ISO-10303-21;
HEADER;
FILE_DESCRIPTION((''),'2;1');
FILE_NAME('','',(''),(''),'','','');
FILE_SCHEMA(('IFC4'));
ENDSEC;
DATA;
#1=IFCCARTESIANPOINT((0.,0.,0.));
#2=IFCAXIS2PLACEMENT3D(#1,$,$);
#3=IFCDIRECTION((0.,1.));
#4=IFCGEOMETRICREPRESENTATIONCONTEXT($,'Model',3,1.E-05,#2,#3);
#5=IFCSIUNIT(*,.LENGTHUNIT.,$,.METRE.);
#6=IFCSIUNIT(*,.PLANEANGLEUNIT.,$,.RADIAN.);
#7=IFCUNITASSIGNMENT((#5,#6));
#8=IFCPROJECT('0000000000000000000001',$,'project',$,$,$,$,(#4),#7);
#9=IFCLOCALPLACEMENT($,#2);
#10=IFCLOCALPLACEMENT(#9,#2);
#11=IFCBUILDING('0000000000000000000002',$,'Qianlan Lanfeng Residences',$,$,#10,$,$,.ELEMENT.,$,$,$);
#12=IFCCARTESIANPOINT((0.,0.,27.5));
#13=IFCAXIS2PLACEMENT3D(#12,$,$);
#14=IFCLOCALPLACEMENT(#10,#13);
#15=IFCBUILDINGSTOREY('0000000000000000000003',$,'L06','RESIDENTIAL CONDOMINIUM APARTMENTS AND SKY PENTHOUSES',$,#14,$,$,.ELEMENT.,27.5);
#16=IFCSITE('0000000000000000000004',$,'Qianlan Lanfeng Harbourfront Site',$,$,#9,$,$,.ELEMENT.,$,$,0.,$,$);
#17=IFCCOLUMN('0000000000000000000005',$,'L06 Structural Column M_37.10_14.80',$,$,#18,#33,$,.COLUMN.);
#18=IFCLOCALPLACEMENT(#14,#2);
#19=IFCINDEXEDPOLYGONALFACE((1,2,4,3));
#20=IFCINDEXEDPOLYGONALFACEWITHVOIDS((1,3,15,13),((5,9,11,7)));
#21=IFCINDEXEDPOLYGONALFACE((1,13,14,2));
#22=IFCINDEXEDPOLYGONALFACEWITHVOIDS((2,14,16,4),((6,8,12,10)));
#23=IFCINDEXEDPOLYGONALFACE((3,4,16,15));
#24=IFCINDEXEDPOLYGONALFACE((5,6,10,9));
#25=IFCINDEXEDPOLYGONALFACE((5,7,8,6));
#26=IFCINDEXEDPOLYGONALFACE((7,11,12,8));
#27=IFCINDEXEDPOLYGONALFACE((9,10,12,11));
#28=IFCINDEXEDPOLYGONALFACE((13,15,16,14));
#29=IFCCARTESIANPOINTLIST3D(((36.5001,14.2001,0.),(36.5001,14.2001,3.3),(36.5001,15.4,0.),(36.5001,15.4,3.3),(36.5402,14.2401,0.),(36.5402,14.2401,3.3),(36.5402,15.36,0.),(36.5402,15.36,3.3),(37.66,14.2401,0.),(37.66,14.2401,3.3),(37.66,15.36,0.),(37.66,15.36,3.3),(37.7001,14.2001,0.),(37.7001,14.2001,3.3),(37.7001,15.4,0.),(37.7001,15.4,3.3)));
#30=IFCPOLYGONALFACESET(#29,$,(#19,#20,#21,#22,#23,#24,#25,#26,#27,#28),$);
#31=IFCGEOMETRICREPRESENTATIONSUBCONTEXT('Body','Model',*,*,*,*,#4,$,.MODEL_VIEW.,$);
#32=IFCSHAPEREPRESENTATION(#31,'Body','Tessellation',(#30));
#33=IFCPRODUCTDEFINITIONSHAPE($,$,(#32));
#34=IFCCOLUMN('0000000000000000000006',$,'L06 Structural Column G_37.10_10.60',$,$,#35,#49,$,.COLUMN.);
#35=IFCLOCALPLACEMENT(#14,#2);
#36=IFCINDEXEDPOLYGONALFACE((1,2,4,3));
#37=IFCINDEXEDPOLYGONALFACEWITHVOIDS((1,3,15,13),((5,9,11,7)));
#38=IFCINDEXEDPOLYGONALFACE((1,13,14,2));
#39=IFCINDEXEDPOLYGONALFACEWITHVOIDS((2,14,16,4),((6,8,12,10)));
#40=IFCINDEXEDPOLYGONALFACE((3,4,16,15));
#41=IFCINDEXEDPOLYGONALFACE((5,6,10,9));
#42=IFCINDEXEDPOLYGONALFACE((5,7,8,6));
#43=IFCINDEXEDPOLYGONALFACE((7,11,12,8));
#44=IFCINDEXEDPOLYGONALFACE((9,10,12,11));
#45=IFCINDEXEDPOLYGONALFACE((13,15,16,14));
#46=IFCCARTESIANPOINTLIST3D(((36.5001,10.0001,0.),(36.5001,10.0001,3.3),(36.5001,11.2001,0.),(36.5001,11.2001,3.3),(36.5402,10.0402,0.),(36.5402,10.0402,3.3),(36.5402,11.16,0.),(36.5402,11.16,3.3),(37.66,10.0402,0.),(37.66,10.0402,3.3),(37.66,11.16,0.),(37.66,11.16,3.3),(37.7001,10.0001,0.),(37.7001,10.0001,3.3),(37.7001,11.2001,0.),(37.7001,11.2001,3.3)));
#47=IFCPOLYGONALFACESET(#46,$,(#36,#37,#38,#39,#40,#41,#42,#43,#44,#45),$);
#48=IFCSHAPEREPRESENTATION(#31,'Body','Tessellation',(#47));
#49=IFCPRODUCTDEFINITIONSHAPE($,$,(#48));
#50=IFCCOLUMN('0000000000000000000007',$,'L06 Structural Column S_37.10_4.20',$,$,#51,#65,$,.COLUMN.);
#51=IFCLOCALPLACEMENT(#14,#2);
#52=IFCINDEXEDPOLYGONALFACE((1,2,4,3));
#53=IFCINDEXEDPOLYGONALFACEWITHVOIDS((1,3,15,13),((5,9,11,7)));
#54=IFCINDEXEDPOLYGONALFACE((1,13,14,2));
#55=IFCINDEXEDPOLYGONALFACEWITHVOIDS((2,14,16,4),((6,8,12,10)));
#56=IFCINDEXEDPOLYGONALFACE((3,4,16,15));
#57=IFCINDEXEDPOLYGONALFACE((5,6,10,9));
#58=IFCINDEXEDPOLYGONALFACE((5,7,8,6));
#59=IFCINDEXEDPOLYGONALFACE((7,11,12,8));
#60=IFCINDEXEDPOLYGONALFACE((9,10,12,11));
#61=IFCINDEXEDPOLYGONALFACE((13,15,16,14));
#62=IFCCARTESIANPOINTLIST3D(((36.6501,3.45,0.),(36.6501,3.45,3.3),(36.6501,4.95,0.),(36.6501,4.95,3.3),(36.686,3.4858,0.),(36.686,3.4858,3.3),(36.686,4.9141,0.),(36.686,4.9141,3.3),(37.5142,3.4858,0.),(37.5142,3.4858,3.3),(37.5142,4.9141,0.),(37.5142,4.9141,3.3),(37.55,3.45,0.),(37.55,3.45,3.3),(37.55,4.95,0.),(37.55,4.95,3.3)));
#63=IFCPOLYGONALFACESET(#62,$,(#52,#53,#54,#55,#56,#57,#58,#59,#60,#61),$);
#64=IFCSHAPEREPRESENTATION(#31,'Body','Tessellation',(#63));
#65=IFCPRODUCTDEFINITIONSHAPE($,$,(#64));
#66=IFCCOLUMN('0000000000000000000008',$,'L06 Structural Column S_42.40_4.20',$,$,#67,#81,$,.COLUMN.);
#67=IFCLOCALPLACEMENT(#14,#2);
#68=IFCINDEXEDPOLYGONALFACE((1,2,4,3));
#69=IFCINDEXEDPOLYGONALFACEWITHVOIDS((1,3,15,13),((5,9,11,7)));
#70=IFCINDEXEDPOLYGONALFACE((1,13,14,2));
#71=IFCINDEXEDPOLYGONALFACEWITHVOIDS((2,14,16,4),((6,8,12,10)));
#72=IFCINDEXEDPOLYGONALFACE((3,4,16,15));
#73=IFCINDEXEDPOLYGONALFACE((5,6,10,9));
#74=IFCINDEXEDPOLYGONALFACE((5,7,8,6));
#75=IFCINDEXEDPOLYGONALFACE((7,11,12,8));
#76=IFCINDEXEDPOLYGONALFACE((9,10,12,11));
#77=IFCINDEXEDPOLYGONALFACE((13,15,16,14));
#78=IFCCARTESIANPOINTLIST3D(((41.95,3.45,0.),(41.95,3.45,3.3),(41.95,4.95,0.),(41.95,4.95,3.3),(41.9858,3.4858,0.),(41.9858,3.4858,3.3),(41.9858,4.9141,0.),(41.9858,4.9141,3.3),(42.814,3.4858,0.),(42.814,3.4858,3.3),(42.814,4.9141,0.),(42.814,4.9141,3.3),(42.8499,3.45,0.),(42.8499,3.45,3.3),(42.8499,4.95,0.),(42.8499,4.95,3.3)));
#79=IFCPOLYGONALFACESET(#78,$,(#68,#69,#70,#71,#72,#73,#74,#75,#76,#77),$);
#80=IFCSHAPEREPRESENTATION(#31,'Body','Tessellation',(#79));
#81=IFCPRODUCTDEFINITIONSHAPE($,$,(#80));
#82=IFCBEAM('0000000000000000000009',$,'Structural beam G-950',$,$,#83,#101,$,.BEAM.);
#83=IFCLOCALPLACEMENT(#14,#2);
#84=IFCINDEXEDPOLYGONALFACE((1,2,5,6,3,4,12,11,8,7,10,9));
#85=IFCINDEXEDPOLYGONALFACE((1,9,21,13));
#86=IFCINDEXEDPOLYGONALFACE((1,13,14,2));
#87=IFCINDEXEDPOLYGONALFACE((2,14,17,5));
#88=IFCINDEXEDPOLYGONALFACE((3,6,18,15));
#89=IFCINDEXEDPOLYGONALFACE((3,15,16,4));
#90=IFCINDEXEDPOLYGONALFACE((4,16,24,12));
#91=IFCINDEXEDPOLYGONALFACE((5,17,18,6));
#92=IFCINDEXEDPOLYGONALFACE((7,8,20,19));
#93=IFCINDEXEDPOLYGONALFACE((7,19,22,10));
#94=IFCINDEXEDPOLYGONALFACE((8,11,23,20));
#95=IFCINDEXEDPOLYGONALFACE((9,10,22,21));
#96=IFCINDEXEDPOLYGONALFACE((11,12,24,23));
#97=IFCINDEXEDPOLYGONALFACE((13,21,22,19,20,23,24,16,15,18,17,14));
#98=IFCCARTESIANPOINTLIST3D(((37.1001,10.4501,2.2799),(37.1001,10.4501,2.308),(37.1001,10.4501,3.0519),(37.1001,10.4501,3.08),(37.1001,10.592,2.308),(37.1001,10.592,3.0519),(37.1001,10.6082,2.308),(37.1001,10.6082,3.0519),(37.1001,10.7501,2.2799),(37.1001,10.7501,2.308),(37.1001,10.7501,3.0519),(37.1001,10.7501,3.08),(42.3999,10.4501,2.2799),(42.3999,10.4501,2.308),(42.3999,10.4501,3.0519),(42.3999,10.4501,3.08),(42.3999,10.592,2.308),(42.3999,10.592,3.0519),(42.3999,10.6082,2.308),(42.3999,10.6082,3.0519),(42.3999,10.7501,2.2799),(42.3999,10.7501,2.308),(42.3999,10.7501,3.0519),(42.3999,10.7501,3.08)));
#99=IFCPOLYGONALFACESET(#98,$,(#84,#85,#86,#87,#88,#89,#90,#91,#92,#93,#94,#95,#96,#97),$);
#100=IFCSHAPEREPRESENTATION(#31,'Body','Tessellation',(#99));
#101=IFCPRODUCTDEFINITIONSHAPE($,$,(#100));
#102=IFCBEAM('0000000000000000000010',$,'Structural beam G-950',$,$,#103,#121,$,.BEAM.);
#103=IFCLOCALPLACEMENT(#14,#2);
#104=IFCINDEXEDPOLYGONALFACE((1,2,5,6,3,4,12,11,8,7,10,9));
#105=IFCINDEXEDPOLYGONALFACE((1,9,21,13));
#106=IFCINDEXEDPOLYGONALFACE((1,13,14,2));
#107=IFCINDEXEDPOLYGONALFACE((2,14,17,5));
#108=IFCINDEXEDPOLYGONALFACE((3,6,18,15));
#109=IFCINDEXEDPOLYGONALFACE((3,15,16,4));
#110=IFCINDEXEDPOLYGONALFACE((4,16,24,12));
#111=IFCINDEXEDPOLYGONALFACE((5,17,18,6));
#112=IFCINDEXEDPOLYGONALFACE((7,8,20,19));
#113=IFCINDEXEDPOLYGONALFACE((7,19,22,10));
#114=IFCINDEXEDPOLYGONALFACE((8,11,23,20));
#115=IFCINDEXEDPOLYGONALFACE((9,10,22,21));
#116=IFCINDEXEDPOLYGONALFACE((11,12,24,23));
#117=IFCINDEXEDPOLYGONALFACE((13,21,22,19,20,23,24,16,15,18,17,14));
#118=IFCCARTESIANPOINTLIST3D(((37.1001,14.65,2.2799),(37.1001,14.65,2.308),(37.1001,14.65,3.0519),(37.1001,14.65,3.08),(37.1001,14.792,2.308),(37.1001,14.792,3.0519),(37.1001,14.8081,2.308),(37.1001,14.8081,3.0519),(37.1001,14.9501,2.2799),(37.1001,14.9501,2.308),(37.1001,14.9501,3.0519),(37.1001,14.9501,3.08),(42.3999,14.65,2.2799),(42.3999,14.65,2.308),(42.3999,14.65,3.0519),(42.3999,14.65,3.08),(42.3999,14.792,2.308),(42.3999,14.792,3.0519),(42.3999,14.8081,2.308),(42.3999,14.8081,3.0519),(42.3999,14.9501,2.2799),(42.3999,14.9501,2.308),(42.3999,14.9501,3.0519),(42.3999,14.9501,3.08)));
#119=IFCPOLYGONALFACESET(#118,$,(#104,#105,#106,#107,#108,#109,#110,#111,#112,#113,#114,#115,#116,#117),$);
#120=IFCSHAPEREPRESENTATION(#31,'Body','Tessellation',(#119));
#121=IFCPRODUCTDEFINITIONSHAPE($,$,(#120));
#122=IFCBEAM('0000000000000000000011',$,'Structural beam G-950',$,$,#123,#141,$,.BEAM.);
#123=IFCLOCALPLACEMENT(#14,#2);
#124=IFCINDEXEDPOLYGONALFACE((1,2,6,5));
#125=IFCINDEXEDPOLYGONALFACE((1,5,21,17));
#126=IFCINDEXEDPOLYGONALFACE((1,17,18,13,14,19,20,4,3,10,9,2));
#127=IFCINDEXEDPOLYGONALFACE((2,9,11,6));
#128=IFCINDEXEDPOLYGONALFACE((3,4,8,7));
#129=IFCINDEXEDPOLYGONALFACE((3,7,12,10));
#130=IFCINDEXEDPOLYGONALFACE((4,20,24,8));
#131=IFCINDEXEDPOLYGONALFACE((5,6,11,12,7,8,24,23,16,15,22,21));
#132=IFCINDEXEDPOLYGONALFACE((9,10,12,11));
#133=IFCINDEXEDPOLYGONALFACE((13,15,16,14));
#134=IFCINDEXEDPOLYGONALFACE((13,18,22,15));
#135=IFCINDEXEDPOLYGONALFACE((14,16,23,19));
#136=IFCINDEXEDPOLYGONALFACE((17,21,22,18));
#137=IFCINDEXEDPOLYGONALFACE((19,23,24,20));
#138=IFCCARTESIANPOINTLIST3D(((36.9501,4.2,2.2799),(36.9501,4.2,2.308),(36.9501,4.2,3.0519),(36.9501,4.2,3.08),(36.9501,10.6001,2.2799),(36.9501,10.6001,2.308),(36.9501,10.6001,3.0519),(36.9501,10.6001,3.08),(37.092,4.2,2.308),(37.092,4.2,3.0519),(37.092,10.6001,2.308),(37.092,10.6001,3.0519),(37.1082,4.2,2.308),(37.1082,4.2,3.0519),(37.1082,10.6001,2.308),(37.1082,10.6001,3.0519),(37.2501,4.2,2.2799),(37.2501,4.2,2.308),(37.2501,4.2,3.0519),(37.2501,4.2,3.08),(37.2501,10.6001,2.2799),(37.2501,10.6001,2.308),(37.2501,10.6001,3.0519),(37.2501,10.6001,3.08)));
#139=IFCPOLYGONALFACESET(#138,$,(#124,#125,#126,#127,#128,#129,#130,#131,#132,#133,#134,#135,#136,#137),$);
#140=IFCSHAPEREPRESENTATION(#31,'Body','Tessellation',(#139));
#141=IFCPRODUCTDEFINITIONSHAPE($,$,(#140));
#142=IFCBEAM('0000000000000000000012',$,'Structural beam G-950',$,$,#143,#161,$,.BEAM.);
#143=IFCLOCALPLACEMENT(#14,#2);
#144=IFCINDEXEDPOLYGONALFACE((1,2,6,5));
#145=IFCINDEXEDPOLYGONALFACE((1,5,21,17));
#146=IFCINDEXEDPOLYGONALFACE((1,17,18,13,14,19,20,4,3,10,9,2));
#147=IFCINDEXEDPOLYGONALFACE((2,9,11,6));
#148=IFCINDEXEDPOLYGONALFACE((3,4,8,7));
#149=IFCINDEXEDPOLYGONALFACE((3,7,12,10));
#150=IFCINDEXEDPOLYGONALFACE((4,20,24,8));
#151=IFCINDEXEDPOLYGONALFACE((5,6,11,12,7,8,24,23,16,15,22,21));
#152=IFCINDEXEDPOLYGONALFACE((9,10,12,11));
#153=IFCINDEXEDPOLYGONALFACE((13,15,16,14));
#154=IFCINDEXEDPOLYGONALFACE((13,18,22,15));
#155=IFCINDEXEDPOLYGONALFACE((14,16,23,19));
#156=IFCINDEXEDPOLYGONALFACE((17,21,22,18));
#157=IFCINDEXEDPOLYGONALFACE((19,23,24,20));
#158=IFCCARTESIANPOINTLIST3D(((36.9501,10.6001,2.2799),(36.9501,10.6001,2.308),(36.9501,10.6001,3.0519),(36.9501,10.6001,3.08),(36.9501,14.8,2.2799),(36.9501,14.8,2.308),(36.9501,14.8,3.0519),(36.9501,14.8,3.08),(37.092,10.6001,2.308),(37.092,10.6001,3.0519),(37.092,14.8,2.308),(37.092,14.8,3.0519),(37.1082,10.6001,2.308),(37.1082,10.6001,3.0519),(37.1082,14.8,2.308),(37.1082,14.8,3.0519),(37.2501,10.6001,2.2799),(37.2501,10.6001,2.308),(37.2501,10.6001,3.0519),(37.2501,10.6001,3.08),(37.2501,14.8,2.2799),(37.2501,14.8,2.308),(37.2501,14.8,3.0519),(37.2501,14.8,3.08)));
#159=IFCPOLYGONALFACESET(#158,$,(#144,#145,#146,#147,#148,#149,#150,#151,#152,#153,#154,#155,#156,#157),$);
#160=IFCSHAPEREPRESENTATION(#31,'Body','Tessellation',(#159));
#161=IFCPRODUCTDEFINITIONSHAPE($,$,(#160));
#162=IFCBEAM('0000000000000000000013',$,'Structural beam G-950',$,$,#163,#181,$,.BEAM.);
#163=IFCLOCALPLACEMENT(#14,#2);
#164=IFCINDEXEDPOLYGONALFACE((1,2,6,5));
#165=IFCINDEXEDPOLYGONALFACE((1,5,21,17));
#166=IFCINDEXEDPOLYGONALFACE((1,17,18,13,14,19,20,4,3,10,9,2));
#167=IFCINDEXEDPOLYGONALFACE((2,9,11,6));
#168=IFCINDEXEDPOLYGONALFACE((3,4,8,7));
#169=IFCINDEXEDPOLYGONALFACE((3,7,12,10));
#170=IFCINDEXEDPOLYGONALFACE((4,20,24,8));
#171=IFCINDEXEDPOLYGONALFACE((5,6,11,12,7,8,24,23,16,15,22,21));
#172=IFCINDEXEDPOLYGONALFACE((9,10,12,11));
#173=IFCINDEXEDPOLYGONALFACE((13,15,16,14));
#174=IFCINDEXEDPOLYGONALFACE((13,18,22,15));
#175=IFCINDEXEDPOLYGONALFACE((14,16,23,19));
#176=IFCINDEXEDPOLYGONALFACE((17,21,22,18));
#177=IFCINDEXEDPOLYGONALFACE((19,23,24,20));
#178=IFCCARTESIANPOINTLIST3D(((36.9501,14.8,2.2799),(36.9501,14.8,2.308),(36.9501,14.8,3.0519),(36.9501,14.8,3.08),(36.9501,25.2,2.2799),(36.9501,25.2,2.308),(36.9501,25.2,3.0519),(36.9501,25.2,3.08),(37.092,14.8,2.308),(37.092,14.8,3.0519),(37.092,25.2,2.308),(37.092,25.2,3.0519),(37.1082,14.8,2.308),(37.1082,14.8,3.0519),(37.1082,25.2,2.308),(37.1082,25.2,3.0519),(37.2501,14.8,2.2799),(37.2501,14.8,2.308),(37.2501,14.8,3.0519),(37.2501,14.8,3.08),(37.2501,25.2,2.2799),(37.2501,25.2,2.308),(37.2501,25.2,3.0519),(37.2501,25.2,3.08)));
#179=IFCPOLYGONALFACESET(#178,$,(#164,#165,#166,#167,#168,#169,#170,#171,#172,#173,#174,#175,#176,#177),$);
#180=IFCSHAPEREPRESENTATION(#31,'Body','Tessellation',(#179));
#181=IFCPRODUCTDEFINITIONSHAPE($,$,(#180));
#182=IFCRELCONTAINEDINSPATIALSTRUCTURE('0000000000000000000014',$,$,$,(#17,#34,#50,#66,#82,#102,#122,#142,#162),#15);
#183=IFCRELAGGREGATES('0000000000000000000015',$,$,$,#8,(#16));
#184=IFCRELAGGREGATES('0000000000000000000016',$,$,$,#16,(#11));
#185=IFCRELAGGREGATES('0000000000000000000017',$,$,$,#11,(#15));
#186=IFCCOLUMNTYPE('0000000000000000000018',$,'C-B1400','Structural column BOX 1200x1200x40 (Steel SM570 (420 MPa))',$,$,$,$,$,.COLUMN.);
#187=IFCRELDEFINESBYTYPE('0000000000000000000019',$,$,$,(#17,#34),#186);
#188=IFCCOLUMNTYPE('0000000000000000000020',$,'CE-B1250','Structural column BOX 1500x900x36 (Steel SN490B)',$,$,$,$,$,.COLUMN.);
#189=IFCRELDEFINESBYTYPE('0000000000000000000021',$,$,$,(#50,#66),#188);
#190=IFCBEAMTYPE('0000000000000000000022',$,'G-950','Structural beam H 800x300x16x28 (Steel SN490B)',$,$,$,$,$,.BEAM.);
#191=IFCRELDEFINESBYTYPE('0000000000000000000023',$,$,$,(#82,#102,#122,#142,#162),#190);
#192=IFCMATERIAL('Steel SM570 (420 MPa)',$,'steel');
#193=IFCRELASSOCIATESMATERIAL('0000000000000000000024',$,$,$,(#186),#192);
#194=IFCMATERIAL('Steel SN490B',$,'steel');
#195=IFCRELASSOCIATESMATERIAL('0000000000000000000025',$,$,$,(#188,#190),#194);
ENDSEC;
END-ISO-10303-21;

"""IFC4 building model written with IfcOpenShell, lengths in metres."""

from ifc_helpers import new_model, si_unit, direction, frame, origin, origin_2d, place, context, subcontext, project, spatial, hollow_rectangle, i_section, extrude, material, material_profile, profile_set, type_object, element, save


model = new_model("IFC4")

# Units and contexts
model_context = context("Model", 3, precision=1e-05, world=origin(), true_north=direction((0.0, 1.0)))
body_context = subcontext(model_context, "Body", "Model", "MODEL_VIEW")
ifc_project = project(units=[si_unit("LENGTHUNIT", "METRE"), si_unit("PLANEANGLEUNIT", "RADIAN")], contexts=[model_context])

# Site, building, storey
site_placement = place(None, origin())
site = spatial("IfcSite", under=ifc_project, at=site_placement, Name="Qianlan Lanfeng Harbourfront Site", CompositionType="ELEMENT", RefElevation=0.0)
building_placement = place(site_placement, origin())
building = spatial("IfcBuilding", under=site, at=building_placement, Name="Qianlan Lanfeng Residences", CompositionType="ELEMENT")
storey_placement = place(building_placement, frame((0.0, 0.0, 27.5)))
storey = spatial("IfcBuildingStorey", under=building, at=storey_placement, Name="L06", Description="RESIDENTIAL CONDOMINIUM APARTMENTS AND SKY PENTHOUSES", CompositionType="ELEMENT", Elevation=27.5)

# Columns
ifc_material_1 = material(Name="Steel SM570 (420 MPa)", Category="steel")
ifc_material_profile_1 = material_profile(ifc_material_1, hollow_rectangle(XDim=1.2, YDim=1.2, WallThickness=0.04, at=origin_2d()), Name="BOX 1200x1200x40")
ifc_profile_set_1 = profile_set([ifc_material_profile_1], Name="Steel SM570 (420 MPa)")
column_type_1 = type_object("IfcColumnType", Name="C-B1400", Description="Structural column BOX 1200x1200x40 (Steel SM570 (420 MPa))", PredefinedType="COLUMN", material=ifc_profile_set_1)
for number, where, z_axis, x_axis, name in (
    (1, (37.1001, 14.8, 0.0), (0.0, 0.0, 1.0), (1.0, 0.0, 0.0), "L06 Structural Column M_37.10_14.80"),
    (2, (37.1001, 10.6001, 0.0), (0.0, 0.0, 1.0), (1.0, 0.0, 0.0), "L06 Structural Column G_37.10_10.60"),
):
    element("IfcColumn", number, at=place(storey_placement, frame(where, z_axis=z_axis, x_axis=x_axis)), inside=storey, type_object=column_type_1, Name=name, PredefinedType="COLUMN", context=body_context, shape_type="SweptSolid", body=[
        extrude(hollow_rectangle(XDim=1.2, YDim=1.2, WallThickness=0.04, at=origin_2d()), origin(), (0.0, 0.0, 1.0), 3.3),
    ])
ifc_material_2 = material(Name="Steel SN490B", Category="steel")
ifc_material_profile_2 = material_profile(ifc_material_2, hollow_rectangle(XDim=0.8999, YDim=1.5, WallThickness=0.0359, at=origin_2d()), Name="BOX 1500x900x36")
ifc_profile_set_2 = profile_set([ifc_material_profile_2], Name="Steel SN490B")
column_type_2 = type_object("IfcColumnType", Name="CE-B1250", Description="Structural column BOX 1500x900x36 (Steel SN490B)", PredefinedType="COLUMN", material=ifc_profile_set_2)
for number, where, z_axis, x_axis, name in (
    (3, (37.1001, 4.2, 0.0), (0.0, 0.0, 1.0), (1.0, 0.0, 0.0), "L06 Structural Column S_37.10_4.20"),
    (4, (42.3999, 4.2, 0.0), (0.0, 0.0, 1.0), (1.0, 0.0, 0.0), "L06 Structural Column S_42.40_4.20"),
):
    element("IfcColumn", number, at=place(storey_placement, frame(where, z_axis=z_axis, x_axis=x_axis)), inside=storey, type_object=column_type_2, Name=name, PredefinedType="COLUMN", context=body_context, shape_type="SweptSolid", body=[
        extrude(hollow_rectangle(XDim=0.8999, YDim=1.5, WallThickness=0.0359, at=origin_2d()), origin(), (0.0, 0.0, 1.0), 3.3),
    ])

# Beams
ifc_material_profile_3 = material_profile(ifc_material_2, i_section(OverallWidth=0.3, OverallDepth=0.8, WebThickness=0.0161, FlangeThickness=0.0281, at=origin_2d()), Name="H 800x300x16x28")
ifc_profile_set_3 = profile_set([ifc_material_profile_3], Name="Steel SN490B")
beam_type_1 = type_object("IfcBeamType", Name="G-950", Description="Structural beam H 800x300x16x28 (Steel SN490B)", PredefinedType="BEAM", material=ifc_profile_set_3)
for number, where, z_axis, x_axis, name in (
    (5, (37.1001, 10.6001, 2.6799), (1.0, 0.0, 0.0), (0.0, 1.0, 0.0), "Structural beam G-950"),
    (6, (37.1001, 14.8, 2.6799), (1.0, 0.0, 0.0), (0.0, 1.0, 0.0), "Structural beam G-950"),
):
    element("IfcBeam", number, at=place(storey_placement, frame(where, z_axis=z_axis, x_axis=x_axis)), inside=storey, type_object=beam_type_1, Name=name, PredefinedType="BEAM", context=body_context, shape_type="SweptSolid", body=[
        extrude(i_section(OverallWidth=0.3, OverallDepth=0.8, WebThickness=0.0161, FlangeThickness=0.0281, at=origin_2d()), origin(), (0.0, 0.0, 1.0), 5.2998),
    ])
beam_1_placement = place(storey_placement, frame((37.1001, 4.2, 2.6799), z_axis=(0.0, 1.0, 0.0), x_axis=(-1.0, 0.0, 0.0)))
element("IfcBeam", 7, at=beam_1_placement, inside=storey, type_object=beam_type_1, Name="Structural beam G-950", PredefinedType="BEAM", context=body_context, shape_type="SweptSolid", body=[
    extrude(i_section(OverallWidth=0.3, OverallDepth=0.8, WebThickness=0.0161, FlangeThickness=0.0281, at=origin_2d()), origin(), (0.0, 0.0, 1.0), 6.4001),
])
beam_2_placement = place(storey_placement, frame((37.1001, 10.6001, 2.6799), z_axis=(0.0, 1.0, 0.0), x_axis=(-1.0, 0.0, 0.0)))
element("IfcBeam", 8, at=beam_2_placement, inside=storey, type_object=beam_type_1, Name="Structural beam G-950", PredefinedType="BEAM", context=body_context, shape_type="SweptSolid", body=[
    extrude(i_section(OverallWidth=0.3, OverallDepth=0.8, WebThickness=0.0161, FlangeThickness=0.0281, at=origin_2d()), origin(), (0.0, 0.0, 1.0), 4.2),
])
beam_3_placement = place(storey_placement, frame((37.1001, 14.8, 2.6799), z_axis=(0.0, 1.0, 0.0), x_axis=(-1.0, 0.0, 0.0)))
element("IfcBeam", 9, at=beam_3_placement, inside=storey, type_object=beam_type_1, Name="Structural beam G-950", PredefinedType="BEAM", context=body_context, shape_type="SweptSolid", body=[
    extrude(i_section(OverallWidth=0.3, OverallDepth=0.8, WebThickness=0.0161, FlangeThickness=0.0281, at=origin_2d()), origin(), (0.0, 0.0, 1.0), 10.3999),
])

save(model, "model.ifc")
